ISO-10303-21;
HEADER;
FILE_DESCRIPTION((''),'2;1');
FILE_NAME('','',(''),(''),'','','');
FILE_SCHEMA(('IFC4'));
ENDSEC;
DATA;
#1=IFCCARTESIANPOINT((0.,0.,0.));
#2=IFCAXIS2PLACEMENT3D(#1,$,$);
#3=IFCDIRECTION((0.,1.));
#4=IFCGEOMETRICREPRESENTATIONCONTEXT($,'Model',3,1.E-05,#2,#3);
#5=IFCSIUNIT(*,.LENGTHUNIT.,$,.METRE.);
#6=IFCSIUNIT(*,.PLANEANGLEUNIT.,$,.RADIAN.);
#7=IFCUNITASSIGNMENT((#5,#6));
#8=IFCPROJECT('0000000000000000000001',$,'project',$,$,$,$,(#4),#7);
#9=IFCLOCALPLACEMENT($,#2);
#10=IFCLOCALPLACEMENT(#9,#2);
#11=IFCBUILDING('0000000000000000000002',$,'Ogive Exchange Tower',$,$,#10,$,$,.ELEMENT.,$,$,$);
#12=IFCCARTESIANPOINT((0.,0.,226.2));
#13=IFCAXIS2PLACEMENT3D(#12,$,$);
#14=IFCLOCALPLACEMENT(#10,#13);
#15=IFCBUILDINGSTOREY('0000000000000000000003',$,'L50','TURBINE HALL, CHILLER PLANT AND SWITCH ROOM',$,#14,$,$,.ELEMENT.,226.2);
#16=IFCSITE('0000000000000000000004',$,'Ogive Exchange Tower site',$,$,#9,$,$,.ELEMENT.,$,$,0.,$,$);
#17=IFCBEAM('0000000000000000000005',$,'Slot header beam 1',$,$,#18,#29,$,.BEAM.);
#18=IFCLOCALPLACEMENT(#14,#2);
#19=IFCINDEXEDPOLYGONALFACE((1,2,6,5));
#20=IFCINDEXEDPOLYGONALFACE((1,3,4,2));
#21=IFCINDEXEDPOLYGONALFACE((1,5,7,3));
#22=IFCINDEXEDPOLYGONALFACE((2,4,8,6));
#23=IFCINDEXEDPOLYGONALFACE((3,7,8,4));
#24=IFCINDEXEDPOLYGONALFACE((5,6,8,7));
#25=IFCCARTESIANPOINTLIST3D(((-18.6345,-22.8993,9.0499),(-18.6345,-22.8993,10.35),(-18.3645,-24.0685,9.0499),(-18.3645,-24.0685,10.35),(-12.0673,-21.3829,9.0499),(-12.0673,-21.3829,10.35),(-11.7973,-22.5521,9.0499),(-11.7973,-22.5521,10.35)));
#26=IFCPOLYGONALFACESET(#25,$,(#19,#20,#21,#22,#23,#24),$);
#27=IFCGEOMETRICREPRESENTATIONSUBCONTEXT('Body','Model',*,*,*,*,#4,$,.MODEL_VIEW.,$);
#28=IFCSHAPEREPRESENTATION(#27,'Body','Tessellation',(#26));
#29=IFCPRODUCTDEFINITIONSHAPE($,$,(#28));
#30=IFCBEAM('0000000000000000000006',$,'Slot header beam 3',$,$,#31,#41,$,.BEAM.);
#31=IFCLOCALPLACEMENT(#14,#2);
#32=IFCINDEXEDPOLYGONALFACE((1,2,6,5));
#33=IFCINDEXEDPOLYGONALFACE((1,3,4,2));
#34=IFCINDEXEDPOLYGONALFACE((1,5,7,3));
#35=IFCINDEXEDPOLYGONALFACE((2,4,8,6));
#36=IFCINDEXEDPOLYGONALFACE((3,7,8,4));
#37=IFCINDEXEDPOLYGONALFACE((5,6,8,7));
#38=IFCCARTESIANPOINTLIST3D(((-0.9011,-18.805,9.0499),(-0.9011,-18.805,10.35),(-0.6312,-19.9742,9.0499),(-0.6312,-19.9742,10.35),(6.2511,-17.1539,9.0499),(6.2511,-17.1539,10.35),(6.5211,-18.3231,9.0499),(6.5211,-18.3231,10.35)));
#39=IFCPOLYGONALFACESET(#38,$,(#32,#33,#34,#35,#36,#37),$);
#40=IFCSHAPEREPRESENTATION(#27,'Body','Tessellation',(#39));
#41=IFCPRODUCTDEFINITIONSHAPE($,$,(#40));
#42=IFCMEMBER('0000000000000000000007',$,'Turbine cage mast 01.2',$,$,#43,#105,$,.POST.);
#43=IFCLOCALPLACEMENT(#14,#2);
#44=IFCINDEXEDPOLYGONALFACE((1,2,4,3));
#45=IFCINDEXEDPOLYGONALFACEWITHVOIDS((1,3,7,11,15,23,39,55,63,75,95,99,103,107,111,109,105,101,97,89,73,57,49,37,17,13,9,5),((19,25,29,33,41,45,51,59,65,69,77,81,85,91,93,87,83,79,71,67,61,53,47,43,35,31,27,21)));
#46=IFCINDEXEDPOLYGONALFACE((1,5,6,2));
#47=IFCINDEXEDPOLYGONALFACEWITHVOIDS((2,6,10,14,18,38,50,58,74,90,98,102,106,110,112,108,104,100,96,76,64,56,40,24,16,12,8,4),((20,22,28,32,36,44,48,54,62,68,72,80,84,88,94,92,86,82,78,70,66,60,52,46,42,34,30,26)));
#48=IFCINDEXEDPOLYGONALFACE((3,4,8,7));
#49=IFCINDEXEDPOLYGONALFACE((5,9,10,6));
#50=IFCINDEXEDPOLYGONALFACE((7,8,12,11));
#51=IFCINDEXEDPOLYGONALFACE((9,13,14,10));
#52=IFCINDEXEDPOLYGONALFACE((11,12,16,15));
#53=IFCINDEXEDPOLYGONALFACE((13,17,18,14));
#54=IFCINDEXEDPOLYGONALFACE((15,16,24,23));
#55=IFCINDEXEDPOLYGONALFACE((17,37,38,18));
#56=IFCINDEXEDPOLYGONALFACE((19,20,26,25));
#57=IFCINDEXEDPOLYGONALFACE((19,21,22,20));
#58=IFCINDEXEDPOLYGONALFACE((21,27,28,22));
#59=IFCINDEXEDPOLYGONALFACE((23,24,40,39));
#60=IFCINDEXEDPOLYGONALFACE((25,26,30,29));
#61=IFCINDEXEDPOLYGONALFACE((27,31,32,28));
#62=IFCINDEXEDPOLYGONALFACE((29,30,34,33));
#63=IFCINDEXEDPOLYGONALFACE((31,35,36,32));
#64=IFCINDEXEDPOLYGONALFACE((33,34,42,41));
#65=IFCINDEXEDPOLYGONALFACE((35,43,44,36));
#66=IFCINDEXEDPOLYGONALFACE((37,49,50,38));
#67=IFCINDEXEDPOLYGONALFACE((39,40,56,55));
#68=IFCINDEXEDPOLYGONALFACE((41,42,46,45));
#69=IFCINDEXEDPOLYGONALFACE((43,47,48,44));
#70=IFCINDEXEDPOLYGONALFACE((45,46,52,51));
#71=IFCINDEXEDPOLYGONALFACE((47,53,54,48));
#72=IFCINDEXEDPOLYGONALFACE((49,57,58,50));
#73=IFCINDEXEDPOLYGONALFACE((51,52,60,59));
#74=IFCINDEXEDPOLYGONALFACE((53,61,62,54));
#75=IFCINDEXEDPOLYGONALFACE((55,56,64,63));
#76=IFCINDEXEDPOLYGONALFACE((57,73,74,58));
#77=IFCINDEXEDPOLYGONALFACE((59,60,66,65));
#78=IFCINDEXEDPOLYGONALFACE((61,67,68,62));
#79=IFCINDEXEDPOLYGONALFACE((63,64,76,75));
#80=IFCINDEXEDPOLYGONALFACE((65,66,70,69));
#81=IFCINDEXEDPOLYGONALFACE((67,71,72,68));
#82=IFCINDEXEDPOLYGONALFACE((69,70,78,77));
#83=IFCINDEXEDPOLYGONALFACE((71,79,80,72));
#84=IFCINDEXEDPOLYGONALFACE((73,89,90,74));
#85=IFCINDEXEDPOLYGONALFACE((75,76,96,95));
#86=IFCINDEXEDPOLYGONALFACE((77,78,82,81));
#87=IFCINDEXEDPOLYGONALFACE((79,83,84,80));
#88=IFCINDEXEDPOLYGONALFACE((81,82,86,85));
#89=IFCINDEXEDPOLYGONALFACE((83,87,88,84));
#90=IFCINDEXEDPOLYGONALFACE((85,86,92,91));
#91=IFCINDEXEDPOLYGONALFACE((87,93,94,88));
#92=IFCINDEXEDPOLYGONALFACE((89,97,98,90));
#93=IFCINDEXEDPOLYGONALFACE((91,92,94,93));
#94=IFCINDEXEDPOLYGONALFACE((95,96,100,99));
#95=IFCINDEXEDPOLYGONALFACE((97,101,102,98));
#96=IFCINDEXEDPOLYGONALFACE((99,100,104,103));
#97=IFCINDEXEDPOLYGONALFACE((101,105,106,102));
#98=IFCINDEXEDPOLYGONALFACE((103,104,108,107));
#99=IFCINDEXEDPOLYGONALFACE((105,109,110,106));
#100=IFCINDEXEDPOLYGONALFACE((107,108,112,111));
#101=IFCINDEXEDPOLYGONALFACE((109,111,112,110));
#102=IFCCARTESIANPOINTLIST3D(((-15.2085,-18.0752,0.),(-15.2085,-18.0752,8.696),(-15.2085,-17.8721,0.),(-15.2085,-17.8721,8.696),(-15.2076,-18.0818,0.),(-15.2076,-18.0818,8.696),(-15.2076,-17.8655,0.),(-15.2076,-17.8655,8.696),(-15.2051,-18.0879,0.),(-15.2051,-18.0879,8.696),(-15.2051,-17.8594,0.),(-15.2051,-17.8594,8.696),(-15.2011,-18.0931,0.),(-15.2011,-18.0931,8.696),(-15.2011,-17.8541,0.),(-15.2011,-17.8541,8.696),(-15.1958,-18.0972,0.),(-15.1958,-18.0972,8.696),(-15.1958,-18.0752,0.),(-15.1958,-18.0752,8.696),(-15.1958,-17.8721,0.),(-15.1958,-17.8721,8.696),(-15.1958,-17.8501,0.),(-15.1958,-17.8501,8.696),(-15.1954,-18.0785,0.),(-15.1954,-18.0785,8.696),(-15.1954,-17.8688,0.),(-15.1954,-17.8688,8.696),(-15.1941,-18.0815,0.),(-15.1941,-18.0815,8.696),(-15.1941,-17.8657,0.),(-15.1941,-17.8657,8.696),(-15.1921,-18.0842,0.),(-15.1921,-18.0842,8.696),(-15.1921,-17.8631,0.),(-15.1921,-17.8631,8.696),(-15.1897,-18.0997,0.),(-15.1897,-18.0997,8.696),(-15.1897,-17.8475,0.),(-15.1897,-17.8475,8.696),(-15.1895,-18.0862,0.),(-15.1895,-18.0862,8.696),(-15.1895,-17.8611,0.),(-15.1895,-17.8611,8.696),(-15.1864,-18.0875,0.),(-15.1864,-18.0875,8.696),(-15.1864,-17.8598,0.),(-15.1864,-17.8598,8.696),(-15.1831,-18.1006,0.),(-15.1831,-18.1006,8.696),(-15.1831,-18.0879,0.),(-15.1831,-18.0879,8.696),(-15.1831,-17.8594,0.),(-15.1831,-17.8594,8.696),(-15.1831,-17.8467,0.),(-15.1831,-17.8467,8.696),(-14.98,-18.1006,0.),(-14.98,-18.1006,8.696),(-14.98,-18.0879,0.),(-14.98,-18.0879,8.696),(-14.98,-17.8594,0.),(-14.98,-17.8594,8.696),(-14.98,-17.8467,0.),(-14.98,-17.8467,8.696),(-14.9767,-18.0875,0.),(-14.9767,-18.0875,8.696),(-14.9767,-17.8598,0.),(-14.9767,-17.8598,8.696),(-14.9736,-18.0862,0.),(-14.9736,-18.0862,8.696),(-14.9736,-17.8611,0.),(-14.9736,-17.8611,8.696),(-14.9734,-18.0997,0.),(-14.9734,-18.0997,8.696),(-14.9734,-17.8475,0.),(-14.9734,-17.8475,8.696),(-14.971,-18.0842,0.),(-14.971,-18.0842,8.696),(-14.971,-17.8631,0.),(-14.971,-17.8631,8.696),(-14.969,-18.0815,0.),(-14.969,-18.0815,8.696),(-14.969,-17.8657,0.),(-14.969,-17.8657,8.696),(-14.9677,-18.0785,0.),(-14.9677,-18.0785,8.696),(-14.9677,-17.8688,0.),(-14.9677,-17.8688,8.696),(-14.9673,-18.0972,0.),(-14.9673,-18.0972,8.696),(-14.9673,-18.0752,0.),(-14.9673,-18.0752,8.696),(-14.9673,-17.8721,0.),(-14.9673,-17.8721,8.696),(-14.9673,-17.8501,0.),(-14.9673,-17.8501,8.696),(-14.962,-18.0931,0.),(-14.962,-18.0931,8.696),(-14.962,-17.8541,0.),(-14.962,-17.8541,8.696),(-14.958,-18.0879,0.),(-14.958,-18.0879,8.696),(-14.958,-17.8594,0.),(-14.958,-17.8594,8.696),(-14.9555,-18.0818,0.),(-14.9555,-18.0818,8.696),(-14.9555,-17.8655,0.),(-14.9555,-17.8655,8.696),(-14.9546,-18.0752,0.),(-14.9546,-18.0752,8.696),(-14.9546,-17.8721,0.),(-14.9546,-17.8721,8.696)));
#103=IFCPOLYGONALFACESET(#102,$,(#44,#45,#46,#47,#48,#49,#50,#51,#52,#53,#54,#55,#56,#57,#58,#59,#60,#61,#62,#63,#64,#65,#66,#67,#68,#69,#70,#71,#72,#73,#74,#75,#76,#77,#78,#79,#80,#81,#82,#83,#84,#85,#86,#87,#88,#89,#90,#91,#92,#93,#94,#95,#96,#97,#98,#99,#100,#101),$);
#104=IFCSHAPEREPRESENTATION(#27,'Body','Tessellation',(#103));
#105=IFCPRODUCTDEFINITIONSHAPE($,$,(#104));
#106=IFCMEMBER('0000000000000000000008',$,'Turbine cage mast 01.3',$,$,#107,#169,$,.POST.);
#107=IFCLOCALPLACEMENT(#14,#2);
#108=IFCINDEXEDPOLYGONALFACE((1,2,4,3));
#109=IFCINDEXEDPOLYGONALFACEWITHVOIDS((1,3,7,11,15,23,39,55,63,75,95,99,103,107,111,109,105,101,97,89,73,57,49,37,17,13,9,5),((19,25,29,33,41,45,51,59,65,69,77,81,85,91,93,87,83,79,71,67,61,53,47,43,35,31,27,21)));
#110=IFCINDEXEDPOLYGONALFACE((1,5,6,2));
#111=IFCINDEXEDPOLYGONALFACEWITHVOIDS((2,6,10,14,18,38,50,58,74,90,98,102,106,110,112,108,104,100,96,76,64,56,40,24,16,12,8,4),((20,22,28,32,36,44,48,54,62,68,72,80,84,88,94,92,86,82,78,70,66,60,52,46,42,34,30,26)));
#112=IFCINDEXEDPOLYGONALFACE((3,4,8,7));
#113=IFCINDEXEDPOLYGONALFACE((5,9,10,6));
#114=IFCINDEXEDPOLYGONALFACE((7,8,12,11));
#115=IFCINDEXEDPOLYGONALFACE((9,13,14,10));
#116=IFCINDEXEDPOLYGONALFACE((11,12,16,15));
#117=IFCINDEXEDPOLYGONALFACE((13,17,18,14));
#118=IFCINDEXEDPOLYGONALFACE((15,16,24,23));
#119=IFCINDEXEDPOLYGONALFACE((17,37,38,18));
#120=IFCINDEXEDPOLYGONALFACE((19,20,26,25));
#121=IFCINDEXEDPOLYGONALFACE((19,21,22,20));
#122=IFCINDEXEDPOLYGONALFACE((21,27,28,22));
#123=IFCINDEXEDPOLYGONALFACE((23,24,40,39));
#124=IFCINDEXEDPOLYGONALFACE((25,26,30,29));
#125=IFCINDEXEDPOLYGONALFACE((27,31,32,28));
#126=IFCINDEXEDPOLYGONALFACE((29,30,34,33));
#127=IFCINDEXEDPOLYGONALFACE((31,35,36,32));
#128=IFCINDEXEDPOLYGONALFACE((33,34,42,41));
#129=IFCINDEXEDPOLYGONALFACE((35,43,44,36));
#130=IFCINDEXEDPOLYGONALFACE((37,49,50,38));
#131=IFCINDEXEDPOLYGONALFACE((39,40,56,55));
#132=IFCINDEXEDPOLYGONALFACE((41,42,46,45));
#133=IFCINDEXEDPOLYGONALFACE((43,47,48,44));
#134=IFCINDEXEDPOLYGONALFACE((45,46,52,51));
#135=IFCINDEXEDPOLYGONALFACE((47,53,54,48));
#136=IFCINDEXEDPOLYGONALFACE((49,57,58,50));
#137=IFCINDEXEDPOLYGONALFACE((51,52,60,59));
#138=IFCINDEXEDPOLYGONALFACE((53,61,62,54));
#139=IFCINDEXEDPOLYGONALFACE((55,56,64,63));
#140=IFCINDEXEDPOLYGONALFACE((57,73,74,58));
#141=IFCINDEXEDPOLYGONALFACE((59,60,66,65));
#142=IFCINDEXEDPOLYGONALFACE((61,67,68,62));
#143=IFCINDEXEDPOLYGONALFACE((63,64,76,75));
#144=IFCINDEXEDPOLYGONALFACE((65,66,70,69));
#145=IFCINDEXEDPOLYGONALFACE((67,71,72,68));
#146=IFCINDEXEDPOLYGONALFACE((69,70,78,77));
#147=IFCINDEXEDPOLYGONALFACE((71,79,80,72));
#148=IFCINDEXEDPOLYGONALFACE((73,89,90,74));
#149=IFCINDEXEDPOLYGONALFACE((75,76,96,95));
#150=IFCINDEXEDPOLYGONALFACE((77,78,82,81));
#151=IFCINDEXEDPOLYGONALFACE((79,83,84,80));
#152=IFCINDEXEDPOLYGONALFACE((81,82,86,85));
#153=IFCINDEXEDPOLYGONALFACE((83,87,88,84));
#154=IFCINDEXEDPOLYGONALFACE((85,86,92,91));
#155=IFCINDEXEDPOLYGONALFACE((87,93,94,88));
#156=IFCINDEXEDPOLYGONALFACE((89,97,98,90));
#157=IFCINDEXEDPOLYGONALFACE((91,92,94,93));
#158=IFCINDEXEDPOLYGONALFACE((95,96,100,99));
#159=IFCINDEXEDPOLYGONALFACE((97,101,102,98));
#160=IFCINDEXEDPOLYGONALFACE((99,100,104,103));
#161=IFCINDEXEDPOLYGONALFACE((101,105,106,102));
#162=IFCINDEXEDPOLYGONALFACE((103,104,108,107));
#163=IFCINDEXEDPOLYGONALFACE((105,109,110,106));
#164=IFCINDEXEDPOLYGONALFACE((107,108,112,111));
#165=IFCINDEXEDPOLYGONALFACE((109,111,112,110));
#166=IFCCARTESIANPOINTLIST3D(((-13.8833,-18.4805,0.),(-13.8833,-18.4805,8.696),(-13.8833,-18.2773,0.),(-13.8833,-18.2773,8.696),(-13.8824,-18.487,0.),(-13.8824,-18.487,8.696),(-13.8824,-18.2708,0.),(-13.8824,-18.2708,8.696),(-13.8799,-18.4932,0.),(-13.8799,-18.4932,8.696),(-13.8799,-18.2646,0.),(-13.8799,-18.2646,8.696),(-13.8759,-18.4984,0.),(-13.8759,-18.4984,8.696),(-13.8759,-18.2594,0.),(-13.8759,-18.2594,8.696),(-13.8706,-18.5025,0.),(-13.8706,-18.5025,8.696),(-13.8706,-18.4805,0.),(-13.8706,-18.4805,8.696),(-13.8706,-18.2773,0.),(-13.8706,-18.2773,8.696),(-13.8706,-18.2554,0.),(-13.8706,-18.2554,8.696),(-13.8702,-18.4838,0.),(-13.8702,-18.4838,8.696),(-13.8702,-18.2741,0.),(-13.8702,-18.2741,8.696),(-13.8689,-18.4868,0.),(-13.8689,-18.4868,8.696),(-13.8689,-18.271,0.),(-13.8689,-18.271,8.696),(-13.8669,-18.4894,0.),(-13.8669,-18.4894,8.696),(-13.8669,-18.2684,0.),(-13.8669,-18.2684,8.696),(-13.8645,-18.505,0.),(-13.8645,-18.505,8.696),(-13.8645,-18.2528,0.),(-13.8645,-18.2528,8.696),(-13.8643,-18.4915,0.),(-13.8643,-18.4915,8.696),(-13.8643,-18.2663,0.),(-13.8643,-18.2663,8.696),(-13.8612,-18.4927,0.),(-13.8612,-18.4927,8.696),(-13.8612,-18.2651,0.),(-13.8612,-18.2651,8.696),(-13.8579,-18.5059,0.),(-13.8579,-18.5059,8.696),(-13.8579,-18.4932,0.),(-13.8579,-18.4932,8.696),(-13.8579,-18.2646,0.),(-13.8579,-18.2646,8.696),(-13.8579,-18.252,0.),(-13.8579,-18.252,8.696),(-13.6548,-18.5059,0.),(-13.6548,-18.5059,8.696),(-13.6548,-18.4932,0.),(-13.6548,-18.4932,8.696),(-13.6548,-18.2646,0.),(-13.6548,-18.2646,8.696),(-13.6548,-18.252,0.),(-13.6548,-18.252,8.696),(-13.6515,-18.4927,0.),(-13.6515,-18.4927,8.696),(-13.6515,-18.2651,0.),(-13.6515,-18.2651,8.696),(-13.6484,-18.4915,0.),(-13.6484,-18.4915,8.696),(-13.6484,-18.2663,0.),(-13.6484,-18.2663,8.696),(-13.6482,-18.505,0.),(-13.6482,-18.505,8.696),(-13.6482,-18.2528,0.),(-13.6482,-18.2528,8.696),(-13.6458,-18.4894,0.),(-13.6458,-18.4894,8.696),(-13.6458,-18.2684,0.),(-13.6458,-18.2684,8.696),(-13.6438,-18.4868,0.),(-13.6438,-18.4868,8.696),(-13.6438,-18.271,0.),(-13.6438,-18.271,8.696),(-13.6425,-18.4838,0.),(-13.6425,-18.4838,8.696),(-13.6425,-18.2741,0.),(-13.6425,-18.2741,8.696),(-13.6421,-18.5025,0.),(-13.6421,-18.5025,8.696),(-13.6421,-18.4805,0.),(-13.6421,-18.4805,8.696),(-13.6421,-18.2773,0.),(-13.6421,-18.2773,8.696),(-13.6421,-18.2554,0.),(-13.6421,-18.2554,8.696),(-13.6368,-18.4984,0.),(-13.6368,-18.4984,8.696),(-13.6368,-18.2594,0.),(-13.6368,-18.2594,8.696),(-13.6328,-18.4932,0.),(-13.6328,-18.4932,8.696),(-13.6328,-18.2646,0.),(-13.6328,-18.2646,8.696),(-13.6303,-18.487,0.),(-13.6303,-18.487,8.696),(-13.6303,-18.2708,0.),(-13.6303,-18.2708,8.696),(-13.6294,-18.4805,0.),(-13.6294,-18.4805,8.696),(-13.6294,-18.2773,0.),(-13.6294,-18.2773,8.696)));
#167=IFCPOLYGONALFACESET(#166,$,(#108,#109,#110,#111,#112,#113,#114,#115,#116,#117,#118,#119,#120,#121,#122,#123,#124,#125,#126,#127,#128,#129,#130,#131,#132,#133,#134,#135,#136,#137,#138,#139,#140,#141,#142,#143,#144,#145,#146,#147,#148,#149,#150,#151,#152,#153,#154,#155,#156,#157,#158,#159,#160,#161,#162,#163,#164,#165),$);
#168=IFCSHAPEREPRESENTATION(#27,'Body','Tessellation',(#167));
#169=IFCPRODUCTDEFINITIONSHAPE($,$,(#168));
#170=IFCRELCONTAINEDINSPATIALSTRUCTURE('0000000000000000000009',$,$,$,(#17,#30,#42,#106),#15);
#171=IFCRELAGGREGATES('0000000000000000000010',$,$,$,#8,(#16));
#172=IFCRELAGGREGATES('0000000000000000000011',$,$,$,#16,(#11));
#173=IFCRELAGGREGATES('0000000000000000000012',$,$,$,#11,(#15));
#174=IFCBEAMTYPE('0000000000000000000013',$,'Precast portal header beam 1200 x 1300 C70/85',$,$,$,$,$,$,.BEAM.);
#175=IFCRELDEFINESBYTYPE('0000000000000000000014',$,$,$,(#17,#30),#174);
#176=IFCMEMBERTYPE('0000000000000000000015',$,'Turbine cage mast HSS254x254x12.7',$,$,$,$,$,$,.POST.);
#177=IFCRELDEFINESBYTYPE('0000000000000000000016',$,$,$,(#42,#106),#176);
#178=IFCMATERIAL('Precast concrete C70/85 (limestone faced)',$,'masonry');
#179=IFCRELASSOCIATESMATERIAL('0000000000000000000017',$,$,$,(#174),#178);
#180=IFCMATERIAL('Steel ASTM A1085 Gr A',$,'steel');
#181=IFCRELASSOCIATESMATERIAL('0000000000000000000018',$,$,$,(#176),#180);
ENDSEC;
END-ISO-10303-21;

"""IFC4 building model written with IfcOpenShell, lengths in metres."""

from ifc_helpers import new_model, si_unit, direction, frame, origin, origin_2d, place, context, subcontext, project, spatial, rectangle, hollow_rectangle, extrude, material, material_profile, profile_set, type_object, element, save


model = new_model("IFC4")

# Units and contexts
model_context = context("Model", 3, precision=1e-05, world=origin(), true_north=direction((0.0, 1.0)))
body_context = subcontext(model_context, "Body", "Model", "MODEL_VIEW")
ifc_project = project(units=[si_unit("LENGTHUNIT", "METRE"), si_unit("PLANEANGLEUNIT", "RADIAN")], contexts=[model_context])

# Site, building, storey
site_placement = place(None, origin())
site = spatial("IfcSite", under=ifc_project, at=site_placement, Name="Ogive Exchange Tower site", CompositionType="ELEMENT", RefElevation=0.0)
building_placement = place(site_placement, origin())
building = spatial("IfcBuilding", under=site, at=building_placement, Name="Ogive Exchange Tower", CompositionType="ELEMENT")
storey_placement = place(building_placement, frame((0.0, 0.0, 226.2)))
storey = spatial("IfcBuildingStorey", under=building, at=storey_placement, Name="L50", Description="TURBINE HALL, CHILLER PLANT AND SWITCH ROOM", CompositionType="ELEMENT", Elevation=226.2)

# Shared definitions
ifc_material_1 = material(Name="Precast concrete C70/85 (limestone faced)", Category="masonry")

# Shared definitions
ifc_material_2 = material(Name="Steel ASTM A1085 Gr A", Category="steel")

# Beams
ifc_material_profile_1 = material_profile(ifc_material_1, rectangle(XDim=1.2, YDim=1.3, at=origin_2d()), Name="1200 x 1300")
ifc_profile_set_1 = profile_set([ifc_material_profile_1], Name="Precast concrete C70/85 (limestone faced)")
beam_type_1 = type_object("IfcBeamType", Name="Precast portal header beam 1200 x 1300 C70/85", PredefinedType="BEAM", material=ifc_profile_set_1)
beam_1_placement = place(storey_placement, frame((-18.4995, -23.4839, 9.7), z_axis=(0.974363, 0.224981, 0.0), x_axis=(-0.224981, 0.974363, 0.0)))
element("IfcBeam", 1, at=beam_1_placement, inside=storey, type_object=beam_type_1, Name="Slot header beam 1", PredefinedType="BEAM", context=body_context, shape_type="SweptSolid", body=[
    extrude(rectangle(XDim=1.2, YDim=1.3, at=origin_2d()), origin(), (0.0, 0.0, 1.0), 6.74),
])
beam_2_placement = place(storey_placement, frame((-0.7661, -19.3896, 9.7), z_axis=(0.974372, 0.224942, 0.0), x_axis=(-0.224942, 0.974372, 0.0)))
element("IfcBeam", 2, at=beam_2_placement, inside=storey, type_object=beam_type_1, Name="Slot header beam 3", PredefinedType="BEAM", context=body_context, shape_type="SweptSolid", body=[
    extrude(rectangle(XDim=1.2, YDim=1.3, at=origin_2d()), origin(), (0.0, 0.0, 1.0), 7.3403),
])

# Members
ifc_material_profile_2 = material_profile(ifc_material_2, hollow_rectangle(XDim=0.2539, YDim=0.2539, WallThickness=0.0127, InnerFilletRadius=0.0127, OuterFilletRadius=0.0254, at=origin_2d()), Name="HSS254x254x12.7")
ifc_profile_set_2 = profile_set([ifc_material_profile_2], Name="Steel ASTM A1085 Gr A")
member_type_1 = type_object("IfcMemberType", Name="Turbine cage mast HSS254x254x12.7", PredefinedType="POST", material=ifc_profile_set_2)
for number, where, z_axis, x_axis, name in (
    (3, (-15.0815, -17.9736, 0.0), (0.0, 0.0, 1.0), (1.0, 0.0, 0.0), "Turbine cage mast 01.2"),
    (4, (-13.7563, -18.3789, 0.0), (0.0, 0.0, 1.0), (1.0, 0.0, 0.0), "Turbine cage mast 01.3"),
):
    element("IfcMember", number, at=place(storey_placement, frame(where, z_axis=z_axis, x_axis=x_axis)), inside=storey, type_object=member_type_1, Name=name, PredefinedType="POST", context=body_context, shape_type="SweptSolid", body=[
        extrude(hollow_rectangle(XDim=0.2539, YDim=0.2539, WallThickness=0.0127, InnerFilletRadius=0.0127, OuterFilletRadius=0.0254, at=origin_2d()), origin(), (0.0, 0.0, 1.0), 8.696),
    ])

save(model, "model.ifc")
